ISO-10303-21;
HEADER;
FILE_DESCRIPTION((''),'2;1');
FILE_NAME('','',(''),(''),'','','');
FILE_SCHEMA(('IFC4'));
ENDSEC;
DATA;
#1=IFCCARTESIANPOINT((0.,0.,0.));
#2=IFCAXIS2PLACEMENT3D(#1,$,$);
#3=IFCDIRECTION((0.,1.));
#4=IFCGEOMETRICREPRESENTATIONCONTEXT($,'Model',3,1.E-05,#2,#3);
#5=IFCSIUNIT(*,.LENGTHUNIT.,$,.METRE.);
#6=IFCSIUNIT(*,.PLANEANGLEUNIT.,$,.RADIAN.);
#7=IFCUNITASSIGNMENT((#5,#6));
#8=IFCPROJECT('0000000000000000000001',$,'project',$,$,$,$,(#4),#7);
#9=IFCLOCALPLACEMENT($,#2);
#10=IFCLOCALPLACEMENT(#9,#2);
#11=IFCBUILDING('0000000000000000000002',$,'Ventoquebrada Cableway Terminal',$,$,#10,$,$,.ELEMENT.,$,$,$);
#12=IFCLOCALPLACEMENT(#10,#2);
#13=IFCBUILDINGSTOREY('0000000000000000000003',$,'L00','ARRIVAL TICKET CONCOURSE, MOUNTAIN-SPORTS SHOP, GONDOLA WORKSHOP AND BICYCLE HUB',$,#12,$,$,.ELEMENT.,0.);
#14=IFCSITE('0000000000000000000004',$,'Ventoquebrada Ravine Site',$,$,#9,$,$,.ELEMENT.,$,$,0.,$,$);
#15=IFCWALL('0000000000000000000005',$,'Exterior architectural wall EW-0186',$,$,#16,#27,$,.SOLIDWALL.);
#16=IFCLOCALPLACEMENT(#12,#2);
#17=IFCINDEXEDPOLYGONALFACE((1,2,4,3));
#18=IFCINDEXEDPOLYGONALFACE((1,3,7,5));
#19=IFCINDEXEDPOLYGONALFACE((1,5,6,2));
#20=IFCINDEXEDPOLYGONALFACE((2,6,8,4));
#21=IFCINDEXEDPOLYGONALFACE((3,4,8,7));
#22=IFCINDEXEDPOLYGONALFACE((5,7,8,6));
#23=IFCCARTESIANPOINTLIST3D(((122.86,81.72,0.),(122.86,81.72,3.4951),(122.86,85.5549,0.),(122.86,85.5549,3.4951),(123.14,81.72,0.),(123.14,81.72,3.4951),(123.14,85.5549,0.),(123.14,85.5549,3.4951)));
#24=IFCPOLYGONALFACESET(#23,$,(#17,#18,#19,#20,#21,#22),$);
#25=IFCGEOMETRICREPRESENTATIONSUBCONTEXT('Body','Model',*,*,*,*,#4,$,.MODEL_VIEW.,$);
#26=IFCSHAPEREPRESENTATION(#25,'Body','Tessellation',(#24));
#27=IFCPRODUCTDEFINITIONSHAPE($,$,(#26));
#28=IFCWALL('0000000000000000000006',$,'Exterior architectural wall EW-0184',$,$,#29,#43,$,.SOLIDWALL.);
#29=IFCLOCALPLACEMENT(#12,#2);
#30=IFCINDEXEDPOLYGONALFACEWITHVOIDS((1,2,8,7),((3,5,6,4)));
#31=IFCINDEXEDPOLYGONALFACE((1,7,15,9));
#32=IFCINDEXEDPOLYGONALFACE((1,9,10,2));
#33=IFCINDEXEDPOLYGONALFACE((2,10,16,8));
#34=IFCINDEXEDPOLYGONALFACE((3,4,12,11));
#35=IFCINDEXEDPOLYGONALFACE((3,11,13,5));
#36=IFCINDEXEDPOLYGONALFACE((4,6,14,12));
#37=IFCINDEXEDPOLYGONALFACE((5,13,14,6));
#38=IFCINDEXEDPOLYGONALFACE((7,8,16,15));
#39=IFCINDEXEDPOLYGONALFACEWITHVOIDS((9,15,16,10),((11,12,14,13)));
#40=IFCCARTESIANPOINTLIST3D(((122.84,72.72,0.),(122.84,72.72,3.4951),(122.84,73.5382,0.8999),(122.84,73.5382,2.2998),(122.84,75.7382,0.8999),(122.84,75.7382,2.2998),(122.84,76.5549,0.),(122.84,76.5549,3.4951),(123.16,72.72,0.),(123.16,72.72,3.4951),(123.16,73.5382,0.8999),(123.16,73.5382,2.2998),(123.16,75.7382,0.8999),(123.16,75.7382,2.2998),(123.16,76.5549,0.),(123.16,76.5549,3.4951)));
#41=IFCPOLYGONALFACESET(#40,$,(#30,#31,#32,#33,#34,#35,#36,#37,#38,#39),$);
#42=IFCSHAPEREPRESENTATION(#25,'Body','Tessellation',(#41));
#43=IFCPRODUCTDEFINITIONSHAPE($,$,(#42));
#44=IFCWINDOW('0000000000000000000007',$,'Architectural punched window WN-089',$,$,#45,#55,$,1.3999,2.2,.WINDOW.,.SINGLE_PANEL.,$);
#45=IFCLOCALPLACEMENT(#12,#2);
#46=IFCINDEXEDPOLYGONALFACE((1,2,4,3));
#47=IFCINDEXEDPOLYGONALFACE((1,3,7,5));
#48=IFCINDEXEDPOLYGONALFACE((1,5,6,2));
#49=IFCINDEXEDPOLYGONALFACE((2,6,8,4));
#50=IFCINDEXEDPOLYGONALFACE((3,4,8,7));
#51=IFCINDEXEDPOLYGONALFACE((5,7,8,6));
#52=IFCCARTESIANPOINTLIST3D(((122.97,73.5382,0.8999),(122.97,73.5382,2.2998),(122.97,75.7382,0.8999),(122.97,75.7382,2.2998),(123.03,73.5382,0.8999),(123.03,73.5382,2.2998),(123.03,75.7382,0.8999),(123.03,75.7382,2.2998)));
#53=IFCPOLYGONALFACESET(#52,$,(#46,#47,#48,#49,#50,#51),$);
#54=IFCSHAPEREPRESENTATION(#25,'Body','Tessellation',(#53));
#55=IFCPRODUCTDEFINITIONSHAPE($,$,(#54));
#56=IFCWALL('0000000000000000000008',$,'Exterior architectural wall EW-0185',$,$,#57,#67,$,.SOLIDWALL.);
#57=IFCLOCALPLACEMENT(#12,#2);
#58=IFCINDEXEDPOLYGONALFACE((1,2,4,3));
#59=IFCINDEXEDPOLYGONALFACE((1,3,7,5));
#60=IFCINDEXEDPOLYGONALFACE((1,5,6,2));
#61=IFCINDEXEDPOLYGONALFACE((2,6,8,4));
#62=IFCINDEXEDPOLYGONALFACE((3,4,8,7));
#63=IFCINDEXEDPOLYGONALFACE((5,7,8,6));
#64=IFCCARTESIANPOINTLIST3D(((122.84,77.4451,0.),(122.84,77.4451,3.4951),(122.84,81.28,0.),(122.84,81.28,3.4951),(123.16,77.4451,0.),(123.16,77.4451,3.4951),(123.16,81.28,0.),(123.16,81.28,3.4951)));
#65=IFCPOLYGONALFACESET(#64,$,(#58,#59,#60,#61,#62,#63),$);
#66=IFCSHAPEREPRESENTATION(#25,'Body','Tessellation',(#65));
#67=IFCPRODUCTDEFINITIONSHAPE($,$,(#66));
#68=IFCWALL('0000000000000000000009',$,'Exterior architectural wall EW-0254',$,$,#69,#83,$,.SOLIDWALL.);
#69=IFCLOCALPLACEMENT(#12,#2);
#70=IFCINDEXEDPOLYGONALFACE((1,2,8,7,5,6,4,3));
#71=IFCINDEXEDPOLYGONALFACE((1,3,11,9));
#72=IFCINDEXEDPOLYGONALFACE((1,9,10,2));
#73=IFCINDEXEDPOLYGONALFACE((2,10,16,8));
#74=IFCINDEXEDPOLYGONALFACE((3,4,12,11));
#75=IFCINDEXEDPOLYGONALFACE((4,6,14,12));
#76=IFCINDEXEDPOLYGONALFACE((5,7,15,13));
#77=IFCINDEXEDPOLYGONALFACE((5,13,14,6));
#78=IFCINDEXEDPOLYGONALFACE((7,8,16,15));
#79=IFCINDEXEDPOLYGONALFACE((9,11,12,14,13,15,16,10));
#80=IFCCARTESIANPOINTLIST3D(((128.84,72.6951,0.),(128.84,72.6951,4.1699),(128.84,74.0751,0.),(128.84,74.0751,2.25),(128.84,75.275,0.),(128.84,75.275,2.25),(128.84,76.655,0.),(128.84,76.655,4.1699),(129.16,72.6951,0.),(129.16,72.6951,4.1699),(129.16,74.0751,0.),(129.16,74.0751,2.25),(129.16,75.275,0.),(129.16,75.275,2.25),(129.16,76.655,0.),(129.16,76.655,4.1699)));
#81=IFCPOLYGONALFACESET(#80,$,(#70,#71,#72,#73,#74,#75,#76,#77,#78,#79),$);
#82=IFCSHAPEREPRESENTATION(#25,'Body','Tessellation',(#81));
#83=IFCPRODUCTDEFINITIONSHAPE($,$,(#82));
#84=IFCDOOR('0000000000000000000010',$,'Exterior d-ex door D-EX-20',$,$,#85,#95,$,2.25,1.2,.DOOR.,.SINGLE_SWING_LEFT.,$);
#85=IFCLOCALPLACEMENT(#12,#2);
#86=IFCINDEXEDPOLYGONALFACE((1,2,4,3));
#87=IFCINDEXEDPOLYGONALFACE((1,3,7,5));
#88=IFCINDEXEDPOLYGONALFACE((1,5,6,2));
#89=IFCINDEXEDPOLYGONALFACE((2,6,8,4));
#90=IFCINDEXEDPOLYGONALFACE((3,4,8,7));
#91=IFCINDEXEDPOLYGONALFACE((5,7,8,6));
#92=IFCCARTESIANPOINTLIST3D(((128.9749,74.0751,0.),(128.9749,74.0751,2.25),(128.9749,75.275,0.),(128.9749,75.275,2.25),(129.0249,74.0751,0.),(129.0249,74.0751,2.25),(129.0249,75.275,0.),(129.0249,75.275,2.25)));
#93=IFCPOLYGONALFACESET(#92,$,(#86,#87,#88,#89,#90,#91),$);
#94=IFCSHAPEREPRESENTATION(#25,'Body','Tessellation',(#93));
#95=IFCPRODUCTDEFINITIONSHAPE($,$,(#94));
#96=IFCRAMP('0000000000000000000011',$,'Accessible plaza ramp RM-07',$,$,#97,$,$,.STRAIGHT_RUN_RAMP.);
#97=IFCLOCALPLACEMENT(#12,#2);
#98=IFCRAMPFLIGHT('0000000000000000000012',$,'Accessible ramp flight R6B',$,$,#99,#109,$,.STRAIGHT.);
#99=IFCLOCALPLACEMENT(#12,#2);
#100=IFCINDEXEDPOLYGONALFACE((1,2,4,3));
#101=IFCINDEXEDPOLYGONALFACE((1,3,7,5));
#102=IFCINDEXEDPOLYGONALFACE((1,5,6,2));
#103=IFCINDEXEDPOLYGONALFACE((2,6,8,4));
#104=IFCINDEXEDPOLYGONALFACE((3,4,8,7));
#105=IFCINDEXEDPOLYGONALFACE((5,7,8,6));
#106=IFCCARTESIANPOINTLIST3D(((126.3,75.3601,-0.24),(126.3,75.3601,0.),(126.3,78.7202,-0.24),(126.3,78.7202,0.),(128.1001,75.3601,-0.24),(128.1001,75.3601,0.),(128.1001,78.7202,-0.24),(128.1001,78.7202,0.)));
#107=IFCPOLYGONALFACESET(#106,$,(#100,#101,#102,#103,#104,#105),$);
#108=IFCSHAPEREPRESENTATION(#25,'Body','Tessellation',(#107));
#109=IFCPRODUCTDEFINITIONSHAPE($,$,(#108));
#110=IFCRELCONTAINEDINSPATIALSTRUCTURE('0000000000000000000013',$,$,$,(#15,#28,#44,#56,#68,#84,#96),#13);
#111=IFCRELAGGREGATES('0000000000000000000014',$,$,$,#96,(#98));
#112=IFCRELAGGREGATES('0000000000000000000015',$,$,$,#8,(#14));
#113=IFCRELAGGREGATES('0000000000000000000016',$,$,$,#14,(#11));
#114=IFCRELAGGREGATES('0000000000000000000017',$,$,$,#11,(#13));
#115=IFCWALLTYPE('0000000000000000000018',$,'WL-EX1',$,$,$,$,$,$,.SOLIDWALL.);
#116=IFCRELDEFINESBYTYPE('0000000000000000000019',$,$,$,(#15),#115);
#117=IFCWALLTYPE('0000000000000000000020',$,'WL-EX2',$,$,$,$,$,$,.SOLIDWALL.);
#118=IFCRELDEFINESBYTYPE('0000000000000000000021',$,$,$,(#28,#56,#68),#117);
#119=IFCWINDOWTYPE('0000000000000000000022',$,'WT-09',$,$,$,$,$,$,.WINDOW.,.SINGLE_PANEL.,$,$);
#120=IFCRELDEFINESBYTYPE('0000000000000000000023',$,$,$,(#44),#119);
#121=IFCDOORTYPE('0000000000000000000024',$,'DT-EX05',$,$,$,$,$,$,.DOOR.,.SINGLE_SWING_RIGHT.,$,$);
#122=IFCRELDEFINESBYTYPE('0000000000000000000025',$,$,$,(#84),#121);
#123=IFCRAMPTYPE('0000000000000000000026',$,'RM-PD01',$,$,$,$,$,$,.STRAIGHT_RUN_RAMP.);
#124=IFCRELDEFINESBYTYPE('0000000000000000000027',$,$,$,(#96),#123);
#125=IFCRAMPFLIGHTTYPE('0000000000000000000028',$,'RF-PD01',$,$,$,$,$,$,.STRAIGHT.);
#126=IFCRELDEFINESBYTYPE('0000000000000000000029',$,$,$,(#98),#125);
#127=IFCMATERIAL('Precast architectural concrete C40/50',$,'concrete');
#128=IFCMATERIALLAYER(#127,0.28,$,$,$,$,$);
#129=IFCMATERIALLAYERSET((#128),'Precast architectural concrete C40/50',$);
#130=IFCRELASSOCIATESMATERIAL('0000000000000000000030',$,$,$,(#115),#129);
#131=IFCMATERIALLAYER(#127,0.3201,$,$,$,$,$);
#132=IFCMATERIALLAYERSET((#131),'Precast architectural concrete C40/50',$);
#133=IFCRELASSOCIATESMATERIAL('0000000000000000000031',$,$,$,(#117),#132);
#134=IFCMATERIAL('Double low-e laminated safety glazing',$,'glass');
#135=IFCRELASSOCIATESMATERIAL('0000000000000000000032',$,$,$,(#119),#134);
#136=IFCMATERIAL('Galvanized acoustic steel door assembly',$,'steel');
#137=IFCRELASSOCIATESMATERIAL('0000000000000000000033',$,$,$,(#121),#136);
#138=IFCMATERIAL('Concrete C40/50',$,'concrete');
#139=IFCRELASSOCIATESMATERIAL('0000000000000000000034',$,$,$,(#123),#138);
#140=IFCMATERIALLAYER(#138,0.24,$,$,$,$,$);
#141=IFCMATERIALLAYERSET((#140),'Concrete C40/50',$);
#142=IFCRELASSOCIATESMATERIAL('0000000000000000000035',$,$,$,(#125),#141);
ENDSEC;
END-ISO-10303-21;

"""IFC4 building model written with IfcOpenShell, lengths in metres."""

from ifc_helpers import new_model, si_unit, direction, frame, frame_2d, origin, place, context, subcontext, project, spatial, polyline, rectangle, outline, extrude, material, layer, layer_set, type_object, element, fill, aggregate, save


model = new_model("IFC4")

# Units and contexts
model_context = context("Model", 3, precision=1e-05, world=origin(), true_north=direction((0.0, 1.0)))
body_context = subcontext(model_context, "Body", "Model", "MODEL_VIEW")
ifc_project = project(units=[si_unit("LENGTHUNIT", "METRE"), si_unit("PLANEANGLEUNIT", "RADIAN")], contexts=[model_context])

# Site, building, storey
site_placement = place(None, origin())
site = spatial("IfcSite", under=ifc_project, at=site_placement, Name="Ventoquebrada Ravine Site", CompositionType="ELEMENT", RefElevation=0.0)
building_placement = place(site_placement, origin())
building = spatial("IfcBuilding", under=site, at=building_placement, Name="Ventoquebrada Cableway Terminal", CompositionType="ELEMENT")
storey_placement = place(building_placement, origin())
storey = spatial("IfcBuildingStorey", under=building, at=storey_placement, Name="L00", Description="ARRIVAL TICKET CONCOURSE, MOUNTAIN-SPORTS SHOP, GONDOLA WORKSHOP AND BICYCLE HUB", CompositionType="ELEMENT", Elevation=0.0)

# Shared definitions
ifc_material_1 = material(Name="Concrete C40/50", Category="concrete")

# Wall
ifc_material_2 = material(Name="Precast architectural concrete C40/50", Category="concrete")
ifc_layer_1 = layer(ifc_material_2, 0.28)
ifc_layer_set_1 = layer_set([ifc_layer_1], Name="Precast architectural concrete C40/50")
wall_type_1 = type_object("IfcWallType", Name="WL-EX1", PredefinedType="SOLIDWALL", material=ifc_layer_set_1)
wall_1_placement = place(storey_placement, frame((123.0, 81.72, 0.0), z_axis=(0.0, 0.0, 1.0), x_axis=(0.0, 1.0, 0.0)))
element("IfcWall", 1, at=wall_1_placement, inside=storey, type_object=wall_type_1, Name="Exterior architectural wall EW-0186", PredefinedType="SOLIDWALL", context=body_context, shape_type="SweptSolid", body=[
    extrude(rectangle(XDim=3.835, YDim=0.28, at=frame_2d((1.9175, 0.0))), origin(), (0.0, 0.0, 1.0), 3.4951),
])

# Wall, opening, window
ifc_layer_2 = layer(ifc_material_2, 0.3201)
ifc_layer_set_2 = layer_set([ifc_layer_2], Name="Precast architectural concrete C40/50")
wall_type_2 = type_object("IfcWallType", Name="WL-EX2", PredefinedType="SOLIDWALL", material=ifc_layer_set_2)
wall_2_placement = place(storey_placement, frame((123.0, 72.72, 0.0), z_axis=(0.0, 0.0, 1.0), x_axis=(0.0, 1.0, 0.0)))
wall_2 = element("IfcWall", 2, at=wall_2_placement, inside=storey, type_object=wall_type_2, Name="Exterior architectural wall EW-0184", PredefinedType="SOLIDWALL", context=body_context, shape_type="SweptSolid", body=[
    extrude(rectangle(XDim=3.835, YDim=0.3201, at=frame_2d((1.9175, 0.0))), origin(), (0.0, 0.0, 1.0), 3.4951),
])
opening_1_placement = place(wall_2_placement, frame((0.8181, 0.0, 0.8999)))
opening_1 = element("IfcOpeningElement", 3, at=opening_1_placement, cuts=wall_2, PredefinedType="OPENING", context=body_context, shape_type="SweptSolid", body=[
    extrude(rectangle(XDim=2.2, YDim=1.3999, at=frame_2d((1.1001, 0.7))), frame((0.0, 0.1699, 0.0), z_axis=(0.0, -1.0, 0.0), x_axis=(1.0, 0.0, 0.0)), (0.0, 0.0, 1.0), 0.3401),
])
ifc_material_3 = material(Name="Double low-e laminated safety glazing", Category="glass")
window_type = type_object("IfcWindowType", Name="WT-09", PartitioningType="SINGLE_PANEL", PredefinedType="WINDOW", material=ifc_material_3)
window_placement = place(opening_1_placement, origin())
window = element("IfcWindow", 4, at=window_placement, inside=storey, type_object=window_type, Name="Architectural punched window WN-089", OverallHeight=1.3999, OverallWidth=2.2, PartitioningType="SINGLE_PANEL", PredefinedType="WINDOW", context=body_context, shape_type="SweptSolid", body=[
    extrude(rectangle(XDim=2.2, YDim=1.3999, at=frame_2d((1.1001, 0.7))), frame((0.0, 0.03, 0.0), z_axis=(0.0, -1.0, 0.0), x_axis=(1.0, 0.0, 0.0)), (0.0, 0.0, 1.0), 0.0601),
])
fill(opening_1, window)

# Wall
wall_3_placement = place(storey_placement, frame((123.0, 77.4451, 0.0), z_axis=(0.0, 0.0, 1.0), x_axis=(0.0, 1.0, 0.0)))
element("IfcWall", 5, at=wall_3_placement, inside=storey, type_object=wall_type_2, Name="Exterior architectural wall EW-0185", PredefinedType="SOLIDWALL", context=body_context, shape_type="SweptSolid", body=[
    extrude(rectangle(XDim=3.835, YDim=0.3201, at=frame_2d((1.9175, 0.0))), origin(), (0.0, 0.0, 1.0), 3.4951),
])

# Wall, opening, door
wall_4_placement = place(storey_placement, frame((129.0, 76.655, 0.0), z_axis=(0.0, 0.0, 1.0), x_axis=(0.0, -1.0, 0.0)))
wall_4 = element("IfcWall", 6, at=wall_4_placement, inside=storey, type_object=wall_type_2, Name="Exterior architectural wall EW-0254", PredefinedType="SOLIDWALL", context=body_context, shape_type="SweptSolid", body=[
    extrude(rectangle(XDim=3.96, YDim=0.3201, at=frame_2d((1.98, 0.0))), origin(), (0.0, 0.0, 1.0), 4.1699),
])
opening_2_placement = place(wall_4_placement, frame((1.3799, 0.0, 0.0)))
opening_2 = element("IfcOpeningElement", 7, at=opening_2_placement, cuts=wall_4, PredefinedType="OPENING", context=body_context, shape_type="SweptSolid", body=[
    extrude(rectangle(XDim=1.2, YDim=2.25, at=frame_2d((0.6001, 1.125))), frame((0.0, 0.1699, 0.0), z_axis=(0.0, -1.0, 0.0), x_axis=(1.0, 0.0, 0.0)), (0.0, 0.0, 1.0), 0.3401),
])
ifc_material_4 = material(Name="Galvanized acoustic steel door assembly", Category="steel")
door_type = type_object("IfcDoorType", Name="DT-EX05", OperationType="SINGLE_SWING_RIGHT", PredefinedType="DOOR", material=ifc_material_4)
door_placement = place(opening_2_placement, origin())
door = element("IfcDoor", 8, at=door_placement, inside=storey, type_object=door_type, Name="Exterior d-ex door D-EX-20", OperationType="SINGLE_SWING_LEFT", OverallHeight=2.25, OverallWidth=1.2, PredefinedType="DOOR", context=body_context, shape_type="SweptSolid", body=[
    extrude(rectangle(XDim=1.2, YDim=2.25, at=frame_2d((0.6001, 1.125))), frame((0.0, 0.0249, 0.0), z_axis=(0.0, -1.0, 0.0), x_axis=(1.0, 0.0, 0.0)), (0.0, 0.0, 1.0), 0.05),
])
fill(opening_2, door)

# Ramp, ramp flight
ramp_type = type_object("IfcRampType", Name="RM-PD01", PredefinedType="STRAIGHT_RUN_RAMP", material=ifc_material_1)
ramp_placement = place(storey_placement, origin())
ramp = element("IfcRamp", 9, at=ramp_placement, inside=storey, type_object=ramp_type, Name="Accessible plaza ramp RM-07", PredefinedType="STRAIGHT_RUN_RAMP")
ifc_layer_3 = layer(ifc_material_1, 0.24)
ifc_layer_set_3 = layer_set([ifc_layer_3], Name="Concrete C40/50")
ramp_flight_type = type_object("IfcRampFlightType", Name="RF-PD01", PredefinedType="STRAIGHT", material=ifc_layer_set_3)
ramp_flight_placement = place(storey_placement, frame((127.2, 75.3601, 0.0), z_axis=(0.0, 0.0, 1.0), x_axis=(0.0, 1.0, 0.0)))
ramp_flight = element("IfcRampFlight", 10, at=ramp_flight_placement, type_object=ramp_flight_type, Name="Accessible ramp flight R6B", PredefinedType="STRAIGHT", context=body_context, shape_type="SweptSolid", body=[
    extrude(outline(polyline([(0.0, 0.0), (3.3601, 0.0), (3.3601, -0.24), (0.0, -0.24), (0.0, 0.0)])), frame((0.0, 0.8999, 0.0), z_axis=(0.0, -1.0, 0.0), x_axis=(1.0, 0.0, 0.0)), (0.0, 0.0, 1.0), 1.8),
])
aggregate(ramp, [ramp_flight])

save(model, "model.ifc")
